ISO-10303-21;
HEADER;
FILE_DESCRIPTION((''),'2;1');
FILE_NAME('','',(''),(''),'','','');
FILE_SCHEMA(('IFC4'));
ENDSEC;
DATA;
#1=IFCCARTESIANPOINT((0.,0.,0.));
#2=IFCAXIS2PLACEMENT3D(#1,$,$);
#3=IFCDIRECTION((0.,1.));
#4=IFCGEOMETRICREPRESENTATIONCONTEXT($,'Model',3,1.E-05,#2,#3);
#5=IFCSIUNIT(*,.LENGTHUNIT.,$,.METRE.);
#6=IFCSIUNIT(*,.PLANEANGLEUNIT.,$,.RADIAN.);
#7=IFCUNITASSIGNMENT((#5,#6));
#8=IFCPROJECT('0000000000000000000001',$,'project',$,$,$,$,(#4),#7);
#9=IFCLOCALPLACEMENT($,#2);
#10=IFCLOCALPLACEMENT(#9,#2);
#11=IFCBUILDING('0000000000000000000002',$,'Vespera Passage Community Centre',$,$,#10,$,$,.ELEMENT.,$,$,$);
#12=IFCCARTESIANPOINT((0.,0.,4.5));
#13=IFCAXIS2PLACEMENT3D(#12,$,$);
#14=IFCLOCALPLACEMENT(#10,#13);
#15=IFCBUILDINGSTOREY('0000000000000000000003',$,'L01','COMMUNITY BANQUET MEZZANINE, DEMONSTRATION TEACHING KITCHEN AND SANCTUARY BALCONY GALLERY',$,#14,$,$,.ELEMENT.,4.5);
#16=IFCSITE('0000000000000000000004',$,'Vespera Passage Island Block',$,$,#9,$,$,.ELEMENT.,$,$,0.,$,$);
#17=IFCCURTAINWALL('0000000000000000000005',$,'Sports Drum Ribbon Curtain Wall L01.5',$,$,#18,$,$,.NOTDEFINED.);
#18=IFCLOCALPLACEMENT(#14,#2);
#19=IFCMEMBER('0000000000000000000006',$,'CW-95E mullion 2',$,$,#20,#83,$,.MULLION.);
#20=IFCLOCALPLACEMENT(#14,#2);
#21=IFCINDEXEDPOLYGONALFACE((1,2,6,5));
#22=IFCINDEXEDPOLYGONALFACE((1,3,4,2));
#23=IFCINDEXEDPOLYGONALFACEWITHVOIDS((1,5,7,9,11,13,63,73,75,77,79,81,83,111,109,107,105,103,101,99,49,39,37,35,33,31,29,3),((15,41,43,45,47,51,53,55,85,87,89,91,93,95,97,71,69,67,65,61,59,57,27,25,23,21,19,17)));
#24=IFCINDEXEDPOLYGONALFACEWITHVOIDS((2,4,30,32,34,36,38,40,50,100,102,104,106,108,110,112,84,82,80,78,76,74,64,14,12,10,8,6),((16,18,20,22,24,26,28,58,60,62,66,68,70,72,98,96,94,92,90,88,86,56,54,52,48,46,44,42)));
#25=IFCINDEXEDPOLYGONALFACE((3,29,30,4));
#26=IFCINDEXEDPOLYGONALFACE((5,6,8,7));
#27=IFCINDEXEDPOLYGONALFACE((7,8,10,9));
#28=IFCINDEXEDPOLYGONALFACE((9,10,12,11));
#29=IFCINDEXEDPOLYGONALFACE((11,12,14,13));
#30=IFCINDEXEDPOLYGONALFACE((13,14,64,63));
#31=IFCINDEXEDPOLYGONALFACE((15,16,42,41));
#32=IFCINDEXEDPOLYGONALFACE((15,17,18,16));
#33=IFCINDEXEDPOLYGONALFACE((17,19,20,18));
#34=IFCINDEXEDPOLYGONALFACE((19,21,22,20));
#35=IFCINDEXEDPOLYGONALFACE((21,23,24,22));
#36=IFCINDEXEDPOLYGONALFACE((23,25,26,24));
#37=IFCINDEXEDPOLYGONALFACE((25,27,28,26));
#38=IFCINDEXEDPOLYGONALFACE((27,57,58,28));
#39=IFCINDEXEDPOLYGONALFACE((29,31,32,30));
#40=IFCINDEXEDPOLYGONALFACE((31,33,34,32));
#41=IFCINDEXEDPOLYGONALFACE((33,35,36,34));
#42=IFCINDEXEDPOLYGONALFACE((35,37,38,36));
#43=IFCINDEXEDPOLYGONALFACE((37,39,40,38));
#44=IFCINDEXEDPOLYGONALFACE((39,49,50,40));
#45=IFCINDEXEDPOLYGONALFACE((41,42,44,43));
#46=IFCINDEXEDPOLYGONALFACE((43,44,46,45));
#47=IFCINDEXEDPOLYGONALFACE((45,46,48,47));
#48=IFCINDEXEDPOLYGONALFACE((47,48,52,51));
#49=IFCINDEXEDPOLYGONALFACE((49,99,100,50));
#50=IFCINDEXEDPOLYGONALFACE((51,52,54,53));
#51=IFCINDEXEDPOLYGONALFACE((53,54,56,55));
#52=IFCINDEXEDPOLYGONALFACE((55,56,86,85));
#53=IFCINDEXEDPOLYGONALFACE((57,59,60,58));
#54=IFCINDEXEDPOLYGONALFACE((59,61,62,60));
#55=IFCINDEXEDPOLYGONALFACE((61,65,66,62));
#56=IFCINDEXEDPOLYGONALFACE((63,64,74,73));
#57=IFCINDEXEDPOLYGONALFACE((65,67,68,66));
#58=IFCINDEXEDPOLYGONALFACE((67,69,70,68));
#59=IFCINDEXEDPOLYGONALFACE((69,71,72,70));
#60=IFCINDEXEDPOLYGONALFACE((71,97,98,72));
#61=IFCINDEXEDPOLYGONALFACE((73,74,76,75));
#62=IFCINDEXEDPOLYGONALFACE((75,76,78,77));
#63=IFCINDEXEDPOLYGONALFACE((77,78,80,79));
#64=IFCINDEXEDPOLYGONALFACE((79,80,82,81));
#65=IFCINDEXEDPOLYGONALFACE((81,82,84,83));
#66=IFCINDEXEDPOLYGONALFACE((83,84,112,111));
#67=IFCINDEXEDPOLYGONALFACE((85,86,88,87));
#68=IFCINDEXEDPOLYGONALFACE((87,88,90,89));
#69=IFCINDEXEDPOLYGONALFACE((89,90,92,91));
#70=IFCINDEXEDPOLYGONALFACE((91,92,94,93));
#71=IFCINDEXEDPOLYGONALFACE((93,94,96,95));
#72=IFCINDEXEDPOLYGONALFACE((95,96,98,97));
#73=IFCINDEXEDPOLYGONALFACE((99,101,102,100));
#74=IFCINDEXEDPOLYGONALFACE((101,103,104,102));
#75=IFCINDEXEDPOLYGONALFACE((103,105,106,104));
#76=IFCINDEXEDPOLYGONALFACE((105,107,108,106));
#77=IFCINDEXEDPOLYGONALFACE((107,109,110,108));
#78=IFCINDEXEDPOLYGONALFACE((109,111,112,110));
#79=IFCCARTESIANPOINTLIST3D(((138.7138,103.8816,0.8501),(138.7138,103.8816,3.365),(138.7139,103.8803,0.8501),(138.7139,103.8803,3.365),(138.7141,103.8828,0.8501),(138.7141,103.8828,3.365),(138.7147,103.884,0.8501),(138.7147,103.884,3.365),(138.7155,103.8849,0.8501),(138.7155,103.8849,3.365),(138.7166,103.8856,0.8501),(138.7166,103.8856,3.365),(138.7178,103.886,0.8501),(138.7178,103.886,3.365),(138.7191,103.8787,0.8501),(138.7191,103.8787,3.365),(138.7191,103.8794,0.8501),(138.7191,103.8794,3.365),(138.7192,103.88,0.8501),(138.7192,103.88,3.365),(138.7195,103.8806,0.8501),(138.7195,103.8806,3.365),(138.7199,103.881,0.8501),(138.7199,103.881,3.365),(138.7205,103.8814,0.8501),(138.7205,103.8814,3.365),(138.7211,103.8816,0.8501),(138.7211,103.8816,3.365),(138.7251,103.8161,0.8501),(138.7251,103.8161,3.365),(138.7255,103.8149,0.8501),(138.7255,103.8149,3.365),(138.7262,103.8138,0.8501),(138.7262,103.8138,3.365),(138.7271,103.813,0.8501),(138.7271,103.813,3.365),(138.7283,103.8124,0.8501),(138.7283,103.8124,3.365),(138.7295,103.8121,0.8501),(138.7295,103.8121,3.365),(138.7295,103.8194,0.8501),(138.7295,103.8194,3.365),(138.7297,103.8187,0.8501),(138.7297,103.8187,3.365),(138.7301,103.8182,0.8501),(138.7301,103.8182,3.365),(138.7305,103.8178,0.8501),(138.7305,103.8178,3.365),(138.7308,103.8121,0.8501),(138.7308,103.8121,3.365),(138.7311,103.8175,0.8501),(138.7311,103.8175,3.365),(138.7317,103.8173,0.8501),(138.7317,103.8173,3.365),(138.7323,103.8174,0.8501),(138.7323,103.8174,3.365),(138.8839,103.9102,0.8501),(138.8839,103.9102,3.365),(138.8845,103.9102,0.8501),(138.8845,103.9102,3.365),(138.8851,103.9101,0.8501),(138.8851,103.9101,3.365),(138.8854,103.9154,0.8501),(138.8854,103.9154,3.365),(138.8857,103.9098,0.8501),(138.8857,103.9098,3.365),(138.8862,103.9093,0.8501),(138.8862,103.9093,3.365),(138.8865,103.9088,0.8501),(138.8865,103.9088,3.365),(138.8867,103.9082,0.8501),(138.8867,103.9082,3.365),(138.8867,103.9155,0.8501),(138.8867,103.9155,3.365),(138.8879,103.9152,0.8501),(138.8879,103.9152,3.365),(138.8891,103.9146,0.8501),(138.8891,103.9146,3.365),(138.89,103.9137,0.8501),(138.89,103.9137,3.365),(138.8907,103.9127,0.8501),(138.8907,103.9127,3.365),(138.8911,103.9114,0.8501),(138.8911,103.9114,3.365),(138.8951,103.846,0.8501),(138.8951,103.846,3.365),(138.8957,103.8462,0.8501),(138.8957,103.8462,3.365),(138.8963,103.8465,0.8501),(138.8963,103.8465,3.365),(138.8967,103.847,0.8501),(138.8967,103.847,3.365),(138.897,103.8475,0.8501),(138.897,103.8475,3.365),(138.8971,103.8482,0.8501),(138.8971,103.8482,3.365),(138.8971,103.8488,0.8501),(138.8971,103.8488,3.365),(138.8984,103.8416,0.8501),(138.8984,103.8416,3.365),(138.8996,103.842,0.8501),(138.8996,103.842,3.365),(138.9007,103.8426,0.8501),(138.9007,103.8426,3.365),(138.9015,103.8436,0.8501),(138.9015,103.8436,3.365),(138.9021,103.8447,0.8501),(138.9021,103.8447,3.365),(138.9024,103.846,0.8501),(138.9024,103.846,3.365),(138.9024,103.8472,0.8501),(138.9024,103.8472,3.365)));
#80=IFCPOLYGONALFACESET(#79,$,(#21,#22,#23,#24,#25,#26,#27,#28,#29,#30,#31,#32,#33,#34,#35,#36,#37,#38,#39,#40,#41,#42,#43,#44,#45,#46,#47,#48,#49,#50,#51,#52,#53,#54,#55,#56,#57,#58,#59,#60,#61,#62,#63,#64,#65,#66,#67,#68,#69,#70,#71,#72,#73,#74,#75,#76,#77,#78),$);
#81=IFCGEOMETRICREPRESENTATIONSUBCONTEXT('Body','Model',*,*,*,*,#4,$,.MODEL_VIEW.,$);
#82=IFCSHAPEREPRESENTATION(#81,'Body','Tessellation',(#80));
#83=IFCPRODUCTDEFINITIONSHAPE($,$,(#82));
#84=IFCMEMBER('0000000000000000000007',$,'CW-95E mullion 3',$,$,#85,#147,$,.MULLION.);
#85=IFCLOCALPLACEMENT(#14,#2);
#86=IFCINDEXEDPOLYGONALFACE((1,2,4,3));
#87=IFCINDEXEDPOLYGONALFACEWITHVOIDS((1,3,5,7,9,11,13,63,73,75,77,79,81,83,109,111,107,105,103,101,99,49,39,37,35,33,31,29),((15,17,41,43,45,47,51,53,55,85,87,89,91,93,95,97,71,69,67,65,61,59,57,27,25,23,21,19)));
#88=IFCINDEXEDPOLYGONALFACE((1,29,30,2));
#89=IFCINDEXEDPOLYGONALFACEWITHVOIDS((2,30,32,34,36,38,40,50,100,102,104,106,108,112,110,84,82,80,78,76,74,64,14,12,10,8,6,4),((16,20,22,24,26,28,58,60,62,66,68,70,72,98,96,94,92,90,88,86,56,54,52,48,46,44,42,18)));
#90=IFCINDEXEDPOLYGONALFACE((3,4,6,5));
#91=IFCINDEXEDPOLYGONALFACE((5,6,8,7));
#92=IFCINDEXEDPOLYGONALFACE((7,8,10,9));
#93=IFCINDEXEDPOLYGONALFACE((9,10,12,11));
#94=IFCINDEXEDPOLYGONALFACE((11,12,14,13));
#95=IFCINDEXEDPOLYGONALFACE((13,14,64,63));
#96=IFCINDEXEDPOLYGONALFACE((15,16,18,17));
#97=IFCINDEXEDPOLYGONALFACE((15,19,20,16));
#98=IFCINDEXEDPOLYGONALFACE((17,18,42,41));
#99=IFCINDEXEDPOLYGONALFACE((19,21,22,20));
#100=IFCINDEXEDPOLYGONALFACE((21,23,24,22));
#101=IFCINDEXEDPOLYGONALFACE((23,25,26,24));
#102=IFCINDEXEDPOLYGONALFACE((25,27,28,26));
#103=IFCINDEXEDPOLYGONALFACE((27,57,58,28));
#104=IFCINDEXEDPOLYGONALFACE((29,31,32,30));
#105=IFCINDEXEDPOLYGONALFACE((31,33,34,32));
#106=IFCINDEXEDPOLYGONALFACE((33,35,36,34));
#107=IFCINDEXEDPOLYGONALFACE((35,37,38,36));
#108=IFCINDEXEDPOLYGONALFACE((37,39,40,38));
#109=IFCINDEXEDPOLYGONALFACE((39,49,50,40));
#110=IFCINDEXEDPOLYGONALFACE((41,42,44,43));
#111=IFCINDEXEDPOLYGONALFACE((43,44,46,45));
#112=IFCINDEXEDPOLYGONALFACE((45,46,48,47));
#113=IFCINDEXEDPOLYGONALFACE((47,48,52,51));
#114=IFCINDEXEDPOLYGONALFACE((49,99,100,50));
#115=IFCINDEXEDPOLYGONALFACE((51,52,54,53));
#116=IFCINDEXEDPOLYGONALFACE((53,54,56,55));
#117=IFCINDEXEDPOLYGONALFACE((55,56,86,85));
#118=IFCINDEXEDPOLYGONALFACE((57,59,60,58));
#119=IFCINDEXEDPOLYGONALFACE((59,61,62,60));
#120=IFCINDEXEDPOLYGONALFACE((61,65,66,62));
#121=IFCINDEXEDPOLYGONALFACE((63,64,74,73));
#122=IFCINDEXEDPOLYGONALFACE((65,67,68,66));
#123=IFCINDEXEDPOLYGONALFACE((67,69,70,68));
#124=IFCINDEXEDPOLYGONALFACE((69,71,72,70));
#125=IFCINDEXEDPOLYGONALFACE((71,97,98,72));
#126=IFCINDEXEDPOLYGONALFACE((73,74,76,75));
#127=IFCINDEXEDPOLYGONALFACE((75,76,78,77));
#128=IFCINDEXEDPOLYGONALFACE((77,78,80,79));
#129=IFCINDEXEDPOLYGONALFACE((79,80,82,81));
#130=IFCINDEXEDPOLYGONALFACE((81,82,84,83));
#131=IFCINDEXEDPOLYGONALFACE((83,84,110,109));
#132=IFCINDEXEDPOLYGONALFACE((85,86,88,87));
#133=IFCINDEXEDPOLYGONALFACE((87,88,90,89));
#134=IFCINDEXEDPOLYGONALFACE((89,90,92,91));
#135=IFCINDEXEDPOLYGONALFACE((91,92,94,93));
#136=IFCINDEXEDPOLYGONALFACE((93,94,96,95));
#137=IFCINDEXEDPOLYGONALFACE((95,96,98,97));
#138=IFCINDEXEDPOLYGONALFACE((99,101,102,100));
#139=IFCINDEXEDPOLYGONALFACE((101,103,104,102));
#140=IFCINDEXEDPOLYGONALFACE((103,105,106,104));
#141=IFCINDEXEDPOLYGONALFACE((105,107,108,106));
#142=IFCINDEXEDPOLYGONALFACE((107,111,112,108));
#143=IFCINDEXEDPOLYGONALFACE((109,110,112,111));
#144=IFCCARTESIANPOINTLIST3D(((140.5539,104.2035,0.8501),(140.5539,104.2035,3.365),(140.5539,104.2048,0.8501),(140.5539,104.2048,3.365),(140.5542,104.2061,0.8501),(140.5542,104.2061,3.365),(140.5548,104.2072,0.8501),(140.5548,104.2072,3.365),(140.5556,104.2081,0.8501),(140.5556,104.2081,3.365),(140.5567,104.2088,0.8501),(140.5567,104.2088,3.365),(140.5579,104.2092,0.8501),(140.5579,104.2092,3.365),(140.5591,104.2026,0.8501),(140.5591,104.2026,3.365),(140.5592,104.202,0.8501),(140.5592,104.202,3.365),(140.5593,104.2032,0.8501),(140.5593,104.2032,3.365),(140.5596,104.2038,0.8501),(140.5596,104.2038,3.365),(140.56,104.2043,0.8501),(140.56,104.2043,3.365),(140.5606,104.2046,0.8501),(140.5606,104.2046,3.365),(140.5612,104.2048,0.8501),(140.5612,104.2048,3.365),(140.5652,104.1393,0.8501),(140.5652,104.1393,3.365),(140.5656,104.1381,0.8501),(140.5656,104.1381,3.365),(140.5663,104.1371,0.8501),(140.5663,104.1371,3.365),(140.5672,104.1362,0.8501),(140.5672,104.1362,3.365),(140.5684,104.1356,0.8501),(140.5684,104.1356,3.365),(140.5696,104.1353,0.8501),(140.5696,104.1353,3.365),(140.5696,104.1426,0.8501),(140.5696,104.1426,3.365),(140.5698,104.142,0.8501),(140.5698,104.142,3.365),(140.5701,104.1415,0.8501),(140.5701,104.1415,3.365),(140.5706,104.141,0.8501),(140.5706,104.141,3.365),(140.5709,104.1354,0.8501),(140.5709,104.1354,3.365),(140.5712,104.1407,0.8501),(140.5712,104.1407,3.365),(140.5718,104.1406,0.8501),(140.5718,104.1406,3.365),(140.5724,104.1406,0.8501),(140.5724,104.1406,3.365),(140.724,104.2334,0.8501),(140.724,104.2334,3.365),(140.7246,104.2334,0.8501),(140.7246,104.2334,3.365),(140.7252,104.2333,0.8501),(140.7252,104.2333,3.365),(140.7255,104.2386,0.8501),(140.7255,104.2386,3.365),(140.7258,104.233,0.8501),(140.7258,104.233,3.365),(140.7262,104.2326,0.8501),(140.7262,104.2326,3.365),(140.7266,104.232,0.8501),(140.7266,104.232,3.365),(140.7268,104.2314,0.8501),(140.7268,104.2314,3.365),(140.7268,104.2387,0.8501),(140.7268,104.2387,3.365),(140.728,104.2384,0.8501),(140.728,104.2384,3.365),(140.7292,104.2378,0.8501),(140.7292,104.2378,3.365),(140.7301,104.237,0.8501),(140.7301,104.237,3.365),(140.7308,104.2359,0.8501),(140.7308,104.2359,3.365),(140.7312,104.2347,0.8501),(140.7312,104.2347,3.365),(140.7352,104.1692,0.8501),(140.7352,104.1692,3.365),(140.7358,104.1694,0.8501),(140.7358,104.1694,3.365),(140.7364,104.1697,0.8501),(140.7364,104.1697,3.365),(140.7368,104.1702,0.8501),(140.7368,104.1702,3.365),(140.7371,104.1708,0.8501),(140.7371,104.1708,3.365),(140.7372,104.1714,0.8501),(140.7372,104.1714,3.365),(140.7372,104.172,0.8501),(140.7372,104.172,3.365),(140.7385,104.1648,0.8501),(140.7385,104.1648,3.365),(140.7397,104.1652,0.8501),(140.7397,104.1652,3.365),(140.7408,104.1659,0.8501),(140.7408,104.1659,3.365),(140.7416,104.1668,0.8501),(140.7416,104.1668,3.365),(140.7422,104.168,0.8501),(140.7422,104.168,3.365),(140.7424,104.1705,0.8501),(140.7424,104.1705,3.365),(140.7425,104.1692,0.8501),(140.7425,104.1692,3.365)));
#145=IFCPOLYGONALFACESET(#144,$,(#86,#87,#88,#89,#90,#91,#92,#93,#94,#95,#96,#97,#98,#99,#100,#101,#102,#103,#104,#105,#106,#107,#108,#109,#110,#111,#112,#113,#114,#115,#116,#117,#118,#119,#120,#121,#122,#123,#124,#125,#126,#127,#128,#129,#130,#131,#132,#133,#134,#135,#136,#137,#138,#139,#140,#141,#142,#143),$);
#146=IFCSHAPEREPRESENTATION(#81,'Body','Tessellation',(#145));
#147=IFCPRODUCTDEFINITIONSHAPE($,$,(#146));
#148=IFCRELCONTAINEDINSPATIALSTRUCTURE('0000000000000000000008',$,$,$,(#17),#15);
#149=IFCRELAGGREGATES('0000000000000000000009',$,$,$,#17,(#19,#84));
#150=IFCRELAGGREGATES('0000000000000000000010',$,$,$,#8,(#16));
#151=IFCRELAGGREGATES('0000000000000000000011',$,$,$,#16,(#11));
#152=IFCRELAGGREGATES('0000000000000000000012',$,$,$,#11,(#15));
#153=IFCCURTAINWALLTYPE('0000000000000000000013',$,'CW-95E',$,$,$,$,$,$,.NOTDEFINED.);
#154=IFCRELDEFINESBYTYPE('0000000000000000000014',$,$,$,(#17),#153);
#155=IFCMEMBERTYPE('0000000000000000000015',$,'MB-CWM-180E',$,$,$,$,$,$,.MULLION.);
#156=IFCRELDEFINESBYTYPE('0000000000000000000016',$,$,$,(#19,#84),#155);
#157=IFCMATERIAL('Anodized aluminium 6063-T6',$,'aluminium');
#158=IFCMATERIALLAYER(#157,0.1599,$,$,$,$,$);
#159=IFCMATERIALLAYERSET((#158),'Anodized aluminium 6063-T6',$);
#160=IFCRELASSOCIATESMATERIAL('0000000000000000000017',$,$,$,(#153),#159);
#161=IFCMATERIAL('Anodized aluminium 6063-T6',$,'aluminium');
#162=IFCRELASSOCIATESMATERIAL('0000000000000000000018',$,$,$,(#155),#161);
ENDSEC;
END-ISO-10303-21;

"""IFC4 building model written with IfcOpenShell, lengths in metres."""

from ifc_helpers import new_model, si_unit, direction, frame, origin, origin_2d, place, context, subcontext, project, spatial, hollow_rectangle, extrude, material, layer, layer_set, material_profile, profile_set, type_object, element, aggregate, save


model = new_model("IFC4")

# Units and contexts
model_context = context("Model", 3, precision=1e-05, world=origin(), true_north=direction((0.0, 1.0)))
body_context = subcontext(model_context, "Body", "Model", "MODEL_VIEW")
ifc_project = project(units=[si_unit("LENGTHUNIT", "METRE"), si_unit("PLANEANGLEUNIT", "RADIAN")], contexts=[model_context])

# Site, building, storey
site_placement = place(None, origin())
site = spatial("IfcSite", under=ifc_project, at=site_placement, Name="Vespera Passage Island Block", CompositionType="ELEMENT", RefElevation=0.0)
building_placement = place(site_placement, origin())
building = spatial("IfcBuilding", under=site, at=building_placement, Name="Vespera Passage Community Centre", CompositionType="ELEMENT")
storey_placement = place(building_placement, frame((0.0, 0.0, 4.5)))
storey = spatial("IfcBuildingStorey", under=building, at=storey_placement, Name="L01", Description="COMMUNITY BANQUET MEZZANINE, DEMONSTRATION TEACHING KITCHEN AND SANCTUARY BALCONY GALLERY", CompositionType="ELEMENT", Elevation=4.5)

# Curtain wall, members
ifc_material_1 = material(Name="Anodized aluminium 6063-T6", Category="aluminium")
ifc_layer_1 = layer(ifc_material_1, 0.1599)
ifc_layer_set_1 = layer_set([ifc_layer_1], Name="Anodized aluminium 6063-T6")
curtain_wall_type = type_object("IfcCurtainWallType", Name="CW-95E", PredefinedType="NOTDEFINED", material=ifc_layer_set_1)
curtain_wall_placement = place(storey_placement, origin())
curtain_wall = element("IfcCurtainWall", 1, at=curtain_wall_placement, inside=storey, type_object=curtain_wall_type, Name="Sports Drum Ribbon Curtain Wall L01.5", PredefinedType="NOTDEFINED")
ifc_material_2 = material(Name="Anodized aluminium 6063-T6", Category="aluminium")
ifc_material_profile_1 = material_profile(ifc_material_2, hollow_rectangle(XDim=0.075, YDim=0.1799, WallThickness=0.0049, InnerFilletRadius=0.0024, OuterFilletRadius=0.0049, at=origin_2d()), Name="ALU180X75X5")
ifc_profile_set_1 = profile_set([ifc_material_profile_1], Name="Anodized aluminium 6063-T6")
member_type_1 = type_object("IfcMemberType", Name="MB-CWM-180E", PredefinedType="MULLION", material=ifc_profile_set_1)
member_1_placement = place(storey_placement, frame((138.8081, 103.8638, 0.8501), z_axis=(0.0, 0.0, 1.0), x_axis=(-0.172994, 0.984923, 0.0)))
member_1 = element("IfcMember", 2, at=member_1_placement, type_object=member_type_1, Name="CW-95E mullion 2", PredefinedType="MULLION", context=body_context, shape_type="SweptSolid", body=[
    extrude(hollow_rectangle(XDim=0.075, YDim=0.1799, WallThickness=0.0049, InnerFilletRadius=0.0024, OuterFilletRadius=0.0049, at=origin_2d()), origin(), (0.0, 0.0, 1.0), 2.5149),
])
member_2_placement = place(storey_placement, frame((140.6482, 104.187, 0.8501), z_axis=(0.0, 0.0, 1.0), x_axis=(-0.172994, 0.984923, 0.0)))
member_2 = element("IfcMember", 3, at=member_2_placement, type_object=member_type_1, Name="CW-95E mullion 3", PredefinedType="MULLION", context=body_context, shape_type="SweptSolid", body=[
    extrude(hollow_rectangle(XDim=0.075, YDim=0.1799, WallThickness=0.0049, InnerFilletRadius=0.0024, OuterFilletRadius=0.0049, at=origin_2d()), origin(), (0.0, 0.0, 1.0), 2.5149),
])
aggregate(curtain_wall, [member_1, member_2])

save(model, "model.ifc")
